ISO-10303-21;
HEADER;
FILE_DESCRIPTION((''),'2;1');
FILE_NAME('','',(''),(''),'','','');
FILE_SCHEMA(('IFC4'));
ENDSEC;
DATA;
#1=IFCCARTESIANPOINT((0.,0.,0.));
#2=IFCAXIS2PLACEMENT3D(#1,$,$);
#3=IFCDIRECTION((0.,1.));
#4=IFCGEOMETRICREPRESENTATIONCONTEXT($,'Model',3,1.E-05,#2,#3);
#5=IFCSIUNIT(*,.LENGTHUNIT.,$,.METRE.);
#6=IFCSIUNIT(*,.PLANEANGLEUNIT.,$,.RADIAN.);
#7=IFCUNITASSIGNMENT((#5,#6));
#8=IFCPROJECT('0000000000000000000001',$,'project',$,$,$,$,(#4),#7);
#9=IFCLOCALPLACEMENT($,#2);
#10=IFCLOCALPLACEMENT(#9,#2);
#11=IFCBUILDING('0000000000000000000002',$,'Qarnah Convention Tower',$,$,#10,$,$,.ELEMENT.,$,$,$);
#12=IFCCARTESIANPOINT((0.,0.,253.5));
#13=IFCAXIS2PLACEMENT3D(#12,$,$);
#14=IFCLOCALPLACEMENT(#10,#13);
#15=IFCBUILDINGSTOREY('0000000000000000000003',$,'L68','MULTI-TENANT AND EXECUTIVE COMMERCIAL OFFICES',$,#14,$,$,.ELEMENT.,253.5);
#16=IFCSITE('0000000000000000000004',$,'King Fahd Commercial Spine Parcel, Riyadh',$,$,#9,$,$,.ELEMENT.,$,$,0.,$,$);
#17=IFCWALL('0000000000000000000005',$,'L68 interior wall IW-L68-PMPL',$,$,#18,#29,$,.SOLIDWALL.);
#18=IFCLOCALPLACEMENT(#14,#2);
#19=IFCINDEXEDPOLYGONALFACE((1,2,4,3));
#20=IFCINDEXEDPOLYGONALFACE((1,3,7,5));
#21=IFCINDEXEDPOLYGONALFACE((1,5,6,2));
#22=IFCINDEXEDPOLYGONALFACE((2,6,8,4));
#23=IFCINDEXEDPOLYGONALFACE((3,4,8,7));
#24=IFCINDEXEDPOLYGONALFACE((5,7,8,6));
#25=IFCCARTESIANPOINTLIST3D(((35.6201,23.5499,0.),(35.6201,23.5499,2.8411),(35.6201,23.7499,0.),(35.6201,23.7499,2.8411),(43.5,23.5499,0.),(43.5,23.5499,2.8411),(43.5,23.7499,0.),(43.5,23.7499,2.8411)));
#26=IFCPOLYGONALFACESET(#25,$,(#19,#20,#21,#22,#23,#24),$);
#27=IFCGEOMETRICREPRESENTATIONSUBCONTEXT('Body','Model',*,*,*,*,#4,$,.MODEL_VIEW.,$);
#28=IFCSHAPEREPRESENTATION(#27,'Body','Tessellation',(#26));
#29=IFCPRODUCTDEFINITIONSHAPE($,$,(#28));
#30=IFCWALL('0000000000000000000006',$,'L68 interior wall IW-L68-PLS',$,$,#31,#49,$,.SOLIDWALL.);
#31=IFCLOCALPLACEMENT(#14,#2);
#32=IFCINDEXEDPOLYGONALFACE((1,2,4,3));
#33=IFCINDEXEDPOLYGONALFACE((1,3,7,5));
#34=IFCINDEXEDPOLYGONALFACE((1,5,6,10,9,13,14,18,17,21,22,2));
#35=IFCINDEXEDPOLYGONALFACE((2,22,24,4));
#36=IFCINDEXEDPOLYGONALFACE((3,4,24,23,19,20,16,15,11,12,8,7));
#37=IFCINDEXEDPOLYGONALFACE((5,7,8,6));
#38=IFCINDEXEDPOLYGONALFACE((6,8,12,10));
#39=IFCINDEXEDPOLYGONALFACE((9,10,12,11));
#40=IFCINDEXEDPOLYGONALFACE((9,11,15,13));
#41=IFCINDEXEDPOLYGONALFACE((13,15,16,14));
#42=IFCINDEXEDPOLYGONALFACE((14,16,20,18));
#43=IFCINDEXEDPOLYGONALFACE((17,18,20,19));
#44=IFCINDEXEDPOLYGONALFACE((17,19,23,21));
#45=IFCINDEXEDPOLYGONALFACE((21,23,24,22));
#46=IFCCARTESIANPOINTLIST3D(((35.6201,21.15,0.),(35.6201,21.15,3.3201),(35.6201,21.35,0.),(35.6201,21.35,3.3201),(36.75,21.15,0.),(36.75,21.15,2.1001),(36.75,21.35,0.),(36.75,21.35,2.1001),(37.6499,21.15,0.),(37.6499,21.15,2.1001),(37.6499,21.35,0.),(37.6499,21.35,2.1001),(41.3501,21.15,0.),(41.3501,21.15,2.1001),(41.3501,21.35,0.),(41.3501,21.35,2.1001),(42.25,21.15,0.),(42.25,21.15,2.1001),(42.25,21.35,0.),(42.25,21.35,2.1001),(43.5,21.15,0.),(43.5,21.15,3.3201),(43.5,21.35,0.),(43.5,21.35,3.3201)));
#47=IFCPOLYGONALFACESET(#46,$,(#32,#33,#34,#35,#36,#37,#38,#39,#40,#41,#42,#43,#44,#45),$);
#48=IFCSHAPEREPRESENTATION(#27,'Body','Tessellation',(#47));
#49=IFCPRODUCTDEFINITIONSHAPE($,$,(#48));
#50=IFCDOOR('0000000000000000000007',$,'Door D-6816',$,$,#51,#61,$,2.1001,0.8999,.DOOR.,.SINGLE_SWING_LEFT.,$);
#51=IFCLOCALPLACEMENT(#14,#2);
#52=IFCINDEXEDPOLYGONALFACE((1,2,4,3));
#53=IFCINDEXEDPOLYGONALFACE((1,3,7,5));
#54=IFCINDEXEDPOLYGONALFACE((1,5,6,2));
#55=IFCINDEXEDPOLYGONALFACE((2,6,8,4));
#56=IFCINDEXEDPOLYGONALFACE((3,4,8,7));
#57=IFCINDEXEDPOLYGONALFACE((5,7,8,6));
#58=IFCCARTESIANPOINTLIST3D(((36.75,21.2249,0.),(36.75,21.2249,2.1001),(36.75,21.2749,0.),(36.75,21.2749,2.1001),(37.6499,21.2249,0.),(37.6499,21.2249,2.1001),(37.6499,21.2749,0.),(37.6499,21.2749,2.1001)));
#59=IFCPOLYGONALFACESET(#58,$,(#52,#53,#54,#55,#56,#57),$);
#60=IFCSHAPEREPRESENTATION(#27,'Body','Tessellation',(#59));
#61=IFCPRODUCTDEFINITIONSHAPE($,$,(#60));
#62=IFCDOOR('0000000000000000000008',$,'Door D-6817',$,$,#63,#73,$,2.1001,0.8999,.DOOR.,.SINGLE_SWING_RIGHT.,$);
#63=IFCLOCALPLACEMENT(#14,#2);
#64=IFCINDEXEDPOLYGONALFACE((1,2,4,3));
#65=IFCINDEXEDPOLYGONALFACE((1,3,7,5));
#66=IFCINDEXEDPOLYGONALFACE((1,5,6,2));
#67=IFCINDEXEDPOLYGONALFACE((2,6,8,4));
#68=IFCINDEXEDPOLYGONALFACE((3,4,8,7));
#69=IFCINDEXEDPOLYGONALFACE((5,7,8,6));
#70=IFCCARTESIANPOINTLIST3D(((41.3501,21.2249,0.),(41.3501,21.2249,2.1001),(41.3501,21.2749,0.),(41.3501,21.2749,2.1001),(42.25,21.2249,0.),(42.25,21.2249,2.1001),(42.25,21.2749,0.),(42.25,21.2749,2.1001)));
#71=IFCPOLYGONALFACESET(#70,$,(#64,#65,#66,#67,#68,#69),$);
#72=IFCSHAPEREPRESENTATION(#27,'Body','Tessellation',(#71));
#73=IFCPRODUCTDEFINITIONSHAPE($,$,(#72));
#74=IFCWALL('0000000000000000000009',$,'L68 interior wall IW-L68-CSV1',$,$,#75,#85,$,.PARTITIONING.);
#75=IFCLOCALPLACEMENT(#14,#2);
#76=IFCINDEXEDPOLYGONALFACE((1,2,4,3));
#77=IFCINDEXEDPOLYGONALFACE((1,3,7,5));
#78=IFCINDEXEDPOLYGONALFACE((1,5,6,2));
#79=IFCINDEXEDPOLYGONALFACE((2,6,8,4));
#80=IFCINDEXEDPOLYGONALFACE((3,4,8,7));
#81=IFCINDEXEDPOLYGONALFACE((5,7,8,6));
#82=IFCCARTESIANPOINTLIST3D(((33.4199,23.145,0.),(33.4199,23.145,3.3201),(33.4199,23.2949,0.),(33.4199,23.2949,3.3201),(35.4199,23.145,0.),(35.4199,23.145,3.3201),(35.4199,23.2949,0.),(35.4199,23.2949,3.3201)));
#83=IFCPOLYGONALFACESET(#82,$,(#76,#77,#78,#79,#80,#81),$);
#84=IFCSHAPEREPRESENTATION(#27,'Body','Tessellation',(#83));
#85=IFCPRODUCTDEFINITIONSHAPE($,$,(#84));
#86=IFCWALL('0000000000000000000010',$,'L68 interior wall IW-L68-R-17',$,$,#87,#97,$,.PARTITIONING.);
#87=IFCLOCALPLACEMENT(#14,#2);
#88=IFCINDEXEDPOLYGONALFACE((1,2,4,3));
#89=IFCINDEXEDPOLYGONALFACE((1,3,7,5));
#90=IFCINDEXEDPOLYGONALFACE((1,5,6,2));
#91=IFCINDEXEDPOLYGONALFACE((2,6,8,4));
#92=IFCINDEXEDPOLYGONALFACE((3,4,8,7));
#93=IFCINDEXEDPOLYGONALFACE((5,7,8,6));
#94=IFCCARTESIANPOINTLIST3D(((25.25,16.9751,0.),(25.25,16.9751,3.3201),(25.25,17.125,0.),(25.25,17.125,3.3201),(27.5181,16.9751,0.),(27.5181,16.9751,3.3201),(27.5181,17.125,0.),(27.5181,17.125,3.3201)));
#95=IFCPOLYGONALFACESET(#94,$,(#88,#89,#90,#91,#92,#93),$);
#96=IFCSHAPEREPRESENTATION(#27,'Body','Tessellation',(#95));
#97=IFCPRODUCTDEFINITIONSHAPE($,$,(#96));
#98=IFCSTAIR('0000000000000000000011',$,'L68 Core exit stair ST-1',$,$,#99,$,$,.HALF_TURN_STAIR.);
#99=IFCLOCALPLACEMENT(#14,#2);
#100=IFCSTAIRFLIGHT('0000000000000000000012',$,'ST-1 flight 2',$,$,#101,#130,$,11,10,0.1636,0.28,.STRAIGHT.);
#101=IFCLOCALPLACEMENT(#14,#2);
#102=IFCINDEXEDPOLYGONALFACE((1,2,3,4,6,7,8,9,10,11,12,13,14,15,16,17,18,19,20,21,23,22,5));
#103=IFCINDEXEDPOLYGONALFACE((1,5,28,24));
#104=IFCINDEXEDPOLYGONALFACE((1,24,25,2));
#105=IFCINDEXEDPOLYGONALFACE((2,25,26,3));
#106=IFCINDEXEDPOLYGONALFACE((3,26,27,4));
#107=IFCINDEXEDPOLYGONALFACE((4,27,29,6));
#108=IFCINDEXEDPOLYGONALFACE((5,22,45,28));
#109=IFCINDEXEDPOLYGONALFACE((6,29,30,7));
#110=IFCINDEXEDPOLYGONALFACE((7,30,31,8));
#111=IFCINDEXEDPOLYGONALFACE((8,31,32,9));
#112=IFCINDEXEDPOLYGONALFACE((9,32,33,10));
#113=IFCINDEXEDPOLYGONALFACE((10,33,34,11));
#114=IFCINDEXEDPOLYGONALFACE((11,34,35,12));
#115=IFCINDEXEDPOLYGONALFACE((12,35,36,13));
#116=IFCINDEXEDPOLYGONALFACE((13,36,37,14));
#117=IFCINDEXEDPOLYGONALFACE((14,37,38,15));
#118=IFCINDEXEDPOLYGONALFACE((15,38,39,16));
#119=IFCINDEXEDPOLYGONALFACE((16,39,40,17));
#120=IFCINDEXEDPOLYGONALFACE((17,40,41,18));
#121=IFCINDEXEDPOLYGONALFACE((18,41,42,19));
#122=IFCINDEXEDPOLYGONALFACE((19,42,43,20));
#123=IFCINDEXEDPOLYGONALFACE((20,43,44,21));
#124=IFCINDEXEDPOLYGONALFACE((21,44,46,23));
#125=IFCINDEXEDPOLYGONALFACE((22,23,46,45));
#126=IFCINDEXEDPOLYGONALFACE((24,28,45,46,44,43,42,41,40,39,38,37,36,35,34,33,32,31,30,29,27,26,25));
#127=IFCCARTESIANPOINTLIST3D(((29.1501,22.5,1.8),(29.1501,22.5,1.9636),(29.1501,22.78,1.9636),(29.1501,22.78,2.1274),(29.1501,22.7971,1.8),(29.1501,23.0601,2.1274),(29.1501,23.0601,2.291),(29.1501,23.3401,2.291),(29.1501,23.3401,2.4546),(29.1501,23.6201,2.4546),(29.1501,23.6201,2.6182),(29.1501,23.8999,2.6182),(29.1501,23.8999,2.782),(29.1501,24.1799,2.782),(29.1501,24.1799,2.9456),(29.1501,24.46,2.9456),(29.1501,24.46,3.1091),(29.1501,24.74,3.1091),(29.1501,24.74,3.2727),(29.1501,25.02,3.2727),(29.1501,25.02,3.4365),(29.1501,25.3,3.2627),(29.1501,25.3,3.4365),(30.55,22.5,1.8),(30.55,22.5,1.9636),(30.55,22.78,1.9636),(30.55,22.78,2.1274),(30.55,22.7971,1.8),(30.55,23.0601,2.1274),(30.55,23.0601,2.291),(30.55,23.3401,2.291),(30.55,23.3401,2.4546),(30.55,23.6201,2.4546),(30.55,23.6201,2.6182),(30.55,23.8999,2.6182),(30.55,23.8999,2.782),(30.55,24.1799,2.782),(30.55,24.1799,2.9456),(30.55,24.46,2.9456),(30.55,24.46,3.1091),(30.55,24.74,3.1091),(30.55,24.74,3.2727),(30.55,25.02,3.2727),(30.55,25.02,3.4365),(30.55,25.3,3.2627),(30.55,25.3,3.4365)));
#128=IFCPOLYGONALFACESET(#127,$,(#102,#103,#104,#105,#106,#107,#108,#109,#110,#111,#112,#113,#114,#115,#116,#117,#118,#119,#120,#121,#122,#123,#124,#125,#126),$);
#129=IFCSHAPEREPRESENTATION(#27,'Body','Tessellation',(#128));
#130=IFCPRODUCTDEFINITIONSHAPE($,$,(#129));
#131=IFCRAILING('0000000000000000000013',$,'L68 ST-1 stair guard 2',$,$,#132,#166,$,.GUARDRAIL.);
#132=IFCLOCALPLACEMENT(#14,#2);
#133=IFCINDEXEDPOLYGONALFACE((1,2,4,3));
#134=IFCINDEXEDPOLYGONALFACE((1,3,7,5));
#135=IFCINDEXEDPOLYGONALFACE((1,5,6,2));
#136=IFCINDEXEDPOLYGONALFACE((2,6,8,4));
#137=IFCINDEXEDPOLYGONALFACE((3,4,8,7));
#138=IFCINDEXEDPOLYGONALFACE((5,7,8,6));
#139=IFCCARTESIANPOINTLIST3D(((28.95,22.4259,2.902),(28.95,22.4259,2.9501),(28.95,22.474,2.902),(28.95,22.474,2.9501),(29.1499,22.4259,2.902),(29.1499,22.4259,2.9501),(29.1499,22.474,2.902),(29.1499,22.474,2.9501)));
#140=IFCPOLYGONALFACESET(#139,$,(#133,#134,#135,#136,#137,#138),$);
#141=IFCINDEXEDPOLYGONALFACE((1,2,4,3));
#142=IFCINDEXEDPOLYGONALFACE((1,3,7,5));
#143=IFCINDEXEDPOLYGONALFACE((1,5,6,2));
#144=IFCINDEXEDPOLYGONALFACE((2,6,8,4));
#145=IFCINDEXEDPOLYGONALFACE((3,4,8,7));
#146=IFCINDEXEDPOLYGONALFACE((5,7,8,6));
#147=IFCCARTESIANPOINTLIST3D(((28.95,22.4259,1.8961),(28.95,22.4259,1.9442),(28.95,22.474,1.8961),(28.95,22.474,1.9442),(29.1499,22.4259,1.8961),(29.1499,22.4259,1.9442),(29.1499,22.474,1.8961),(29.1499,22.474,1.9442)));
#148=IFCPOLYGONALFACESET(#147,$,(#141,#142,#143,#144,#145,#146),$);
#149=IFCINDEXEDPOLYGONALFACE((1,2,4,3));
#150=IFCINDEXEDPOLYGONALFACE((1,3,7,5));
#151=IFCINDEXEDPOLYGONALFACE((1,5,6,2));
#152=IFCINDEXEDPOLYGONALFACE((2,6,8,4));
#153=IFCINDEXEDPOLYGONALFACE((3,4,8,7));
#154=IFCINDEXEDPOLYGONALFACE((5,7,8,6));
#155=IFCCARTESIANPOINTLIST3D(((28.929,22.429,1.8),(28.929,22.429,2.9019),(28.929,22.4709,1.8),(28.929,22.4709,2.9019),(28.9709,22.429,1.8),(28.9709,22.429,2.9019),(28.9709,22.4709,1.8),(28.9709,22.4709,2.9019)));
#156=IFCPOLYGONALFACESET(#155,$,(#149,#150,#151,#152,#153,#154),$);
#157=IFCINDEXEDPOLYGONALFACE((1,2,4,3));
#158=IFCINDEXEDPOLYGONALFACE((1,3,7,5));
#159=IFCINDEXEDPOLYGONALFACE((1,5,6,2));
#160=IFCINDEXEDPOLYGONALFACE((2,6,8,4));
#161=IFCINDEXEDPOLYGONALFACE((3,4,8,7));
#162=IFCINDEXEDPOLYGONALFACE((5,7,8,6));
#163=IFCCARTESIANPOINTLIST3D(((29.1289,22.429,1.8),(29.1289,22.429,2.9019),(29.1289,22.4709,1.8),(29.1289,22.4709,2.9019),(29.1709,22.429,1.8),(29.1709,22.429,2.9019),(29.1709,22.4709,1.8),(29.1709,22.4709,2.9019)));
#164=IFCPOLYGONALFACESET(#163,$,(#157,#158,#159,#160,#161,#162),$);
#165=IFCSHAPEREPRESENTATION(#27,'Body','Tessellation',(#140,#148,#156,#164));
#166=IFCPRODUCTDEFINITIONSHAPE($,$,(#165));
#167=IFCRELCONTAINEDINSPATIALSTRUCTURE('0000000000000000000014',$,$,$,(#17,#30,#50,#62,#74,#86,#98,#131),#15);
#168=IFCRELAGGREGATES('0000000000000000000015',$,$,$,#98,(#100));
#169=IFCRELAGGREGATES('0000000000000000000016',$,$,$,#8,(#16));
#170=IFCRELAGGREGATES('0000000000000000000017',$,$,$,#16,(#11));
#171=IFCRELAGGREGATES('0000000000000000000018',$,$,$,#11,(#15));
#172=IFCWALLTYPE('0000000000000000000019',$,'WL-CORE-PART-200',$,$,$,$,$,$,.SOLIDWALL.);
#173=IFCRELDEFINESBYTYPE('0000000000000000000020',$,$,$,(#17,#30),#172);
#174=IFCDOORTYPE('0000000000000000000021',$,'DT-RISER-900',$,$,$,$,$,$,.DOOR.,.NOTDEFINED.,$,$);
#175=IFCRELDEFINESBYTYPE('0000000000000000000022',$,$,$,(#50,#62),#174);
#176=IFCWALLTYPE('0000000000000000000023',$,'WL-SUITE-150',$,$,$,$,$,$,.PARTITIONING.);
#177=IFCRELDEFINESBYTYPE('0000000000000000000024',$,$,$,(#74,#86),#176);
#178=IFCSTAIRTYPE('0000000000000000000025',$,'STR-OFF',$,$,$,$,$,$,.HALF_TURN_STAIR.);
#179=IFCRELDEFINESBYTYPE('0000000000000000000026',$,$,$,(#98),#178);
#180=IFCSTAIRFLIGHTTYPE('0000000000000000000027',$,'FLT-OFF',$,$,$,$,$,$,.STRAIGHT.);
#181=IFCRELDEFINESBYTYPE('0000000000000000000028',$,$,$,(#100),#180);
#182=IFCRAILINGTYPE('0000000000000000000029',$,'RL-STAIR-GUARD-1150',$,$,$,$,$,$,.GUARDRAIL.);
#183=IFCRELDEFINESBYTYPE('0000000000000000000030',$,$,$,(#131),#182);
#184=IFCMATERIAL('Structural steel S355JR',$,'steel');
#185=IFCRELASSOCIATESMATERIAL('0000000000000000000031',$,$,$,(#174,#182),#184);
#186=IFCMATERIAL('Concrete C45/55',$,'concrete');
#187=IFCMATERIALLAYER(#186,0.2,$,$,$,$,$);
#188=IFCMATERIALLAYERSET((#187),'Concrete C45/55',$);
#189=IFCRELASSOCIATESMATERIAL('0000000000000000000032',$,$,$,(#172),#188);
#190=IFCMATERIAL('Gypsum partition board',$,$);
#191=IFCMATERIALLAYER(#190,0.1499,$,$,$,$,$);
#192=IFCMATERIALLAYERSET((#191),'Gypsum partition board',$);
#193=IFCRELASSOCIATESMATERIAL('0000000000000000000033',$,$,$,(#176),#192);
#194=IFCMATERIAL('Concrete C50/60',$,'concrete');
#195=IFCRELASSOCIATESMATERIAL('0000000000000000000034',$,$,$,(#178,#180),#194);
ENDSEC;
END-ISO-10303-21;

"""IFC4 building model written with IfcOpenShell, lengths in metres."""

from ifc_helpers import new_model, si_unit, direction, frame, frame_2d, origin, origin_2d, place, context, subcontext, project, spatial, polyline, rectangle, outline, extrude, material, layer, layer_set, type_object, element, fill, aggregate, save


model = new_model("IFC4")

# Units and contexts
model_context = context("Model", 3, precision=1e-05, world=origin(), true_north=direction((0.0, 1.0)))
body_context = subcontext(model_context, "Body", "Model", "MODEL_VIEW")
ifc_project = project(units=[si_unit("LENGTHUNIT", "METRE"), si_unit("PLANEANGLEUNIT", "RADIAN")], contexts=[model_context])

# Site, building, storey
site_placement = place(None, origin())
site = spatial("IfcSite", under=ifc_project, at=site_placement, Name="King Fahd Commercial Spine Parcel, Riyadh", CompositionType="ELEMENT", RefElevation=0.0)
building_placement = place(site_placement, origin())
building = spatial("IfcBuilding", under=site, at=building_placement, Name="Qarnah Convention Tower", CompositionType="ELEMENT")
storey_placement = place(building_placement, frame((0.0, 0.0, 253.5)))
storey = spatial("IfcBuildingStorey", under=building, at=storey_placement, Name="L68", Description="MULTI-TENANT AND EXECUTIVE COMMERCIAL OFFICES", CompositionType="ELEMENT", Elevation=253.5)

# Shared definitions
ifc_material_1 = material(Name="Concrete C50/60", Category="concrete")

# Shared definitions
ifc_material_2 = material(Name="Structural steel S355JR", Category="steel")

# Shared definitions
door_type_1 = type_object("IfcDoorType", Name="DT-RISER-900", OperationType="NOTDEFINED", PredefinedType="DOOR", material=ifc_material_2)
ifc_material_3 = material(Name="Concrete C45/55", Category="concrete")
ifc_layer_1 = layer(ifc_material_3, 0.2)
ifc_layer_set_1 = layer_set([ifc_layer_1], Name="Concrete C45/55")
wall_type_1 = type_object("IfcWallType", Name="WL-CORE-PART-200", PredefinedType="SOLIDWALL", material=ifc_layer_set_1)

# Wall
wall_1_placement = place(storey_placement, frame((35.6201, 23.6499, 0.0), z_axis=(0.0, 0.0, 1.0), x_axis=(1.0, 0.0, 0.0)))
element("IfcWall", 1, at=wall_1_placement, inside=storey, type_object=wall_type_1, Name="L68 interior wall IW-L68-PMPL", PredefinedType="SOLIDWALL", context=body_context, shape_type="SweptSolid", body=[
    extrude(rectangle(XDim=7.8799, YDim=0.2, at=frame_2d((3.9399, 0.0))), origin(), (0.0, 0.0, 1.0), 2.8411),
])

# Wall, openings, doors
wall_2_placement = place(storey_placement, frame((35.6201, 21.25, 0.0), z_axis=(0.0, 0.0, 1.0), x_axis=(1.0, 0.0, 0.0)))
wall_2 = element("IfcWall", 2, at=wall_2_placement, inside=storey, type_object=wall_type_1, Name="L68 interior wall IW-L68-PLS", PredefinedType="SOLIDWALL", context=body_context, shape_type="SweptSolid", body=[
    extrude(rectangle(XDim=7.8799, YDim=0.2, at=frame_2d((3.9399, 0.0))), origin(), (0.0, 0.0, 1.0), 3.3201),
])
opening_1_placement = place(wall_2_placement, frame((1.1299, 0.0, 0.0)))
opening_1 = element("IfcOpeningElement", 3, at=opening_1_placement, cuts=wall_2, PredefinedType="OPENING", context=body_context, shape_type="SweptSolid", body=[
    extrude(rectangle(XDim=0.8999, YDim=2.1001, at=frame_2d((0.45, 1.05))), frame((0.0, 0.1099, 0.0), z_axis=(0.0, -1.0, 0.0), x_axis=(1.0, 0.0, 0.0)), (0.0, 0.0, 1.0), 0.22),
])
opening_2_placement = place(wall_2_placement, frame((5.73, 0.0, 0.0)))
opening_2 = element("IfcOpeningElement", 4, at=opening_2_placement, cuts=wall_2, PredefinedType="OPENING", context=body_context, shape_type="SweptSolid", body=[
    extrude(rectangle(XDim=0.8999, YDim=2.1001, at=frame_2d((0.45, 1.05))), frame((0.0, 0.1099, 0.0), z_axis=(0.0, -1.0, 0.0), x_axis=(1.0, 0.0, 0.0)), (0.0, 0.0, 1.0), 0.22),
])
door_1_placement = place(opening_1_placement, origin())
door_1 = element("IfcDoor", 5, at=door_1_placement, inside=storey, type_object=door_type_1, Name="Door D-6816", OperationType="SINGLE_SWING_LEFT", OverallHeight=2.1001, OverallWidth=0.8999, PredefinedType="DOOR", context=body_context, shape_type="SweptSolid", body=[
    extrude(rectangle(XDim=0.8999, YDim=2.1001, at=frame_2d((0.45, 1.05))), frame((0.0, 0.0249, 0.0), z_axis=(0.0, -1.0, 0.0), x_axis=(1.0, 0.0, 0.0)), (0.0, 0.0, 1.0), 0.05),
])
fill(opening_1, door_1)
door_2_placement = place(opening_2_placement, origin())
door_2 = element("IfcDoor", 6, at=door_2_placement, inside=storey, type_object=door_type_1, Name="Door D-6817", OperationType="SINGLE_SWING_RIGHT", OverallHeight=2.1001, OverallWidth=0.8999, PredefinedType="DOOR", context=body_context, shape_type="SweptSolid", body=[
    extrude(rectangle(XDim=0.8999, YDim=2.1001, at=frame_2d((0.45, 1.05))), frame((0.0, 0.0249, 0.0), z_axis=(0.0, -1.0, 0.0), x_axis=(1.0, 0.0, 0.0)), (0.0, 0.0, 1.0), 0.05),
])
fill(opening_2, door_2)

# Walls
ifc_material_4 = material(Name="Gypsum partition board")
ifc_layer_2 = layer(ifc_material_4, 0.1499)
ifc_layer_set_2 = layer_set([ifc_layer_2], Name="Gypsum partition board")
wall_type_2 = type_object("IfcWallType", Name="WL-SUITE-150", PredefinedType="PARTITIONING", material=ifc_layer_set_2)
wall_3_placement = place(storey_placement, frame((33.4199, 23.22, 0.0), z_axis=(0.0, 0.0, 1.0), x_axis=(1.0, 0.0, 0.0)))
element("IfcWall", 7, at=wall_3_placement, inside=storey, type_object=wall_type_2, Name="L68 interior wall IW-L68-CSV1", PredefinedType="PARTITIONING", context=body_context, shape_type="SweptSolid", body=[
    extrude(rectangle(XDim=2.0, YDim=0.1499, at=frame_2d((1.0, 0.0))), origin(), (0.0, 0.0, 1.0), 3.3201),
])
wall_4_placement = place(storey_placement, frame((27.5181, 17.05, 0.0), z_axis=(0.0, 0.0, 1.0), x_axis=(-1.0, 0.0, 0.0)))
element("IfcWall", 8, at=wall_4_placement, inside=storey, type_object=wall_type_2, Name="L68 interior wall IW-L68-R-17", PredefinedType="PARTITIONING", context=body_context, shape_type="SweptSolid", body=[
    extrude(rectangle(XDim=2.2681, YDim=0.1499, at=frame_2d((1.134, 0.0))), origin(), (0.0, 0.0, 1.0), 3.3201),
])

# Stair, stair flight
stair_type = type_object("IfcStairType", Name="STR-OFF", PredefinedType="HALF_TURN_STAIR", material=ifc_material_1)
stair_placement = place(storey_placement, origin())
stair = element("IfcStair", 9, at=stair_placement, inside=storey, type_object=stair_type, Name="L68 Core exit stair ST-1", PredefinedType="HALF_TURN_STAIR")
stair_flight_type = type_object("IfcStairFlightType", Name="FLT-OFF", PredefinedType="STRAIGHT", material=ifc_material_1)
stair_flight_placement = place(storey_placement, frame((29.8501, 22.5, 1.8), z_axis=(0.0, 0.0, 1.0), x_axis=(0.0, 1.0, 0.0)))
stair_flight = element("IfcStairFlight", 10, at=stair_flight_placement, type_object=stair_flight_type, Name="ST-1 flight 2", NumberOfRisers=11, NumberOfTreads=10, PredefinedType="STRAIGHT", RiserHeight=0.1636, TreadLength=0.28, context=body_context, shape_type="SweptSolid", body=[
    extrude(outline(polyline([(0.0, 0.0), (0.0, 0.1636), (0.28, 0.1636), (0.28, 0.3274), (0.5601, 0.3274), (0.5601, 0.491), (0.8401, 0.491), (0.8401, 0.6545), (1.1201, 0.6545), (1.1201, 0.8181), (1.3999, 0.8181), (1.3999, 0.9819), (1.6799, 0.9819), (1.6799, 1.1455), (1.96, 1.1455), (1.96, 1.3091), (2.24, 1.3091), (2.24, 1.4727), (2.52, 1.4727), (2.52, 1.6365), (2.8, 1.6365), (2.8, 1.8), (2.8, 1.4626), (0.2971, 0.0), (0.0, 0.0)])), frame((0.0, 0.7, 0.0), z_axis=(0.0, -1.0, 0.0), x_axis=(1.0, 0.0, 0.0)), (0.0, 0.0, 1.0), 1.3999),
])
aggregate(stair, [stair_flight])

# Railing
railing_type_1 = type_object("IfcRailingType", Name="RL-STAIR-GUARD-1150", PredefinedType="GUARDRAIL", material=ifc_material_2)
railing_1_placement = place(storey_placement, frame((28.95, 22.45, 1.8)))
element("IfcRailing", 11, at=railing_1_placement, inside=storey, type_object=railing_type_1, Name="L68 ST-1 stair guard 2", PredefinedType="GUARDRAIL", context=body_context, shape_type="SweptSolid", body=[
    extrude(rectangle(XDim=0.0481, YDim=0.0481, at=origin_2d()), frame((0.0, 0.0, 1.126), z_axis=(1.0, 0.0, 0.0), x_axis=(0.0, 1.0, 0.0)), (0.0, 0.0, 1.0), 0.2),
    extrude(rectangle(XDim=0.0481, YDim=0.0481, at=origin_2d()), frame((0.0, 0.0, 0.1201), z_axis=(1.0, 0.0, 0.0), x_axis=(0.0, 1.0, 0.0)), (0.0, 0.0, 1.0), 0.2),
    extrude(rectangle(XDim=0.042, YDim=0.042, at=origin_2d()), origin(), (0.0, 0.0, 1.0), 1.1018),
    extrude(rectangle(XDim=0.042, YDim=0.042, at=origin_2d()), frame((0.2, 0.0, 0.0)), (0.0, 0.0, 1.0), 1.1018),
])

save(model, "model.ifc")
